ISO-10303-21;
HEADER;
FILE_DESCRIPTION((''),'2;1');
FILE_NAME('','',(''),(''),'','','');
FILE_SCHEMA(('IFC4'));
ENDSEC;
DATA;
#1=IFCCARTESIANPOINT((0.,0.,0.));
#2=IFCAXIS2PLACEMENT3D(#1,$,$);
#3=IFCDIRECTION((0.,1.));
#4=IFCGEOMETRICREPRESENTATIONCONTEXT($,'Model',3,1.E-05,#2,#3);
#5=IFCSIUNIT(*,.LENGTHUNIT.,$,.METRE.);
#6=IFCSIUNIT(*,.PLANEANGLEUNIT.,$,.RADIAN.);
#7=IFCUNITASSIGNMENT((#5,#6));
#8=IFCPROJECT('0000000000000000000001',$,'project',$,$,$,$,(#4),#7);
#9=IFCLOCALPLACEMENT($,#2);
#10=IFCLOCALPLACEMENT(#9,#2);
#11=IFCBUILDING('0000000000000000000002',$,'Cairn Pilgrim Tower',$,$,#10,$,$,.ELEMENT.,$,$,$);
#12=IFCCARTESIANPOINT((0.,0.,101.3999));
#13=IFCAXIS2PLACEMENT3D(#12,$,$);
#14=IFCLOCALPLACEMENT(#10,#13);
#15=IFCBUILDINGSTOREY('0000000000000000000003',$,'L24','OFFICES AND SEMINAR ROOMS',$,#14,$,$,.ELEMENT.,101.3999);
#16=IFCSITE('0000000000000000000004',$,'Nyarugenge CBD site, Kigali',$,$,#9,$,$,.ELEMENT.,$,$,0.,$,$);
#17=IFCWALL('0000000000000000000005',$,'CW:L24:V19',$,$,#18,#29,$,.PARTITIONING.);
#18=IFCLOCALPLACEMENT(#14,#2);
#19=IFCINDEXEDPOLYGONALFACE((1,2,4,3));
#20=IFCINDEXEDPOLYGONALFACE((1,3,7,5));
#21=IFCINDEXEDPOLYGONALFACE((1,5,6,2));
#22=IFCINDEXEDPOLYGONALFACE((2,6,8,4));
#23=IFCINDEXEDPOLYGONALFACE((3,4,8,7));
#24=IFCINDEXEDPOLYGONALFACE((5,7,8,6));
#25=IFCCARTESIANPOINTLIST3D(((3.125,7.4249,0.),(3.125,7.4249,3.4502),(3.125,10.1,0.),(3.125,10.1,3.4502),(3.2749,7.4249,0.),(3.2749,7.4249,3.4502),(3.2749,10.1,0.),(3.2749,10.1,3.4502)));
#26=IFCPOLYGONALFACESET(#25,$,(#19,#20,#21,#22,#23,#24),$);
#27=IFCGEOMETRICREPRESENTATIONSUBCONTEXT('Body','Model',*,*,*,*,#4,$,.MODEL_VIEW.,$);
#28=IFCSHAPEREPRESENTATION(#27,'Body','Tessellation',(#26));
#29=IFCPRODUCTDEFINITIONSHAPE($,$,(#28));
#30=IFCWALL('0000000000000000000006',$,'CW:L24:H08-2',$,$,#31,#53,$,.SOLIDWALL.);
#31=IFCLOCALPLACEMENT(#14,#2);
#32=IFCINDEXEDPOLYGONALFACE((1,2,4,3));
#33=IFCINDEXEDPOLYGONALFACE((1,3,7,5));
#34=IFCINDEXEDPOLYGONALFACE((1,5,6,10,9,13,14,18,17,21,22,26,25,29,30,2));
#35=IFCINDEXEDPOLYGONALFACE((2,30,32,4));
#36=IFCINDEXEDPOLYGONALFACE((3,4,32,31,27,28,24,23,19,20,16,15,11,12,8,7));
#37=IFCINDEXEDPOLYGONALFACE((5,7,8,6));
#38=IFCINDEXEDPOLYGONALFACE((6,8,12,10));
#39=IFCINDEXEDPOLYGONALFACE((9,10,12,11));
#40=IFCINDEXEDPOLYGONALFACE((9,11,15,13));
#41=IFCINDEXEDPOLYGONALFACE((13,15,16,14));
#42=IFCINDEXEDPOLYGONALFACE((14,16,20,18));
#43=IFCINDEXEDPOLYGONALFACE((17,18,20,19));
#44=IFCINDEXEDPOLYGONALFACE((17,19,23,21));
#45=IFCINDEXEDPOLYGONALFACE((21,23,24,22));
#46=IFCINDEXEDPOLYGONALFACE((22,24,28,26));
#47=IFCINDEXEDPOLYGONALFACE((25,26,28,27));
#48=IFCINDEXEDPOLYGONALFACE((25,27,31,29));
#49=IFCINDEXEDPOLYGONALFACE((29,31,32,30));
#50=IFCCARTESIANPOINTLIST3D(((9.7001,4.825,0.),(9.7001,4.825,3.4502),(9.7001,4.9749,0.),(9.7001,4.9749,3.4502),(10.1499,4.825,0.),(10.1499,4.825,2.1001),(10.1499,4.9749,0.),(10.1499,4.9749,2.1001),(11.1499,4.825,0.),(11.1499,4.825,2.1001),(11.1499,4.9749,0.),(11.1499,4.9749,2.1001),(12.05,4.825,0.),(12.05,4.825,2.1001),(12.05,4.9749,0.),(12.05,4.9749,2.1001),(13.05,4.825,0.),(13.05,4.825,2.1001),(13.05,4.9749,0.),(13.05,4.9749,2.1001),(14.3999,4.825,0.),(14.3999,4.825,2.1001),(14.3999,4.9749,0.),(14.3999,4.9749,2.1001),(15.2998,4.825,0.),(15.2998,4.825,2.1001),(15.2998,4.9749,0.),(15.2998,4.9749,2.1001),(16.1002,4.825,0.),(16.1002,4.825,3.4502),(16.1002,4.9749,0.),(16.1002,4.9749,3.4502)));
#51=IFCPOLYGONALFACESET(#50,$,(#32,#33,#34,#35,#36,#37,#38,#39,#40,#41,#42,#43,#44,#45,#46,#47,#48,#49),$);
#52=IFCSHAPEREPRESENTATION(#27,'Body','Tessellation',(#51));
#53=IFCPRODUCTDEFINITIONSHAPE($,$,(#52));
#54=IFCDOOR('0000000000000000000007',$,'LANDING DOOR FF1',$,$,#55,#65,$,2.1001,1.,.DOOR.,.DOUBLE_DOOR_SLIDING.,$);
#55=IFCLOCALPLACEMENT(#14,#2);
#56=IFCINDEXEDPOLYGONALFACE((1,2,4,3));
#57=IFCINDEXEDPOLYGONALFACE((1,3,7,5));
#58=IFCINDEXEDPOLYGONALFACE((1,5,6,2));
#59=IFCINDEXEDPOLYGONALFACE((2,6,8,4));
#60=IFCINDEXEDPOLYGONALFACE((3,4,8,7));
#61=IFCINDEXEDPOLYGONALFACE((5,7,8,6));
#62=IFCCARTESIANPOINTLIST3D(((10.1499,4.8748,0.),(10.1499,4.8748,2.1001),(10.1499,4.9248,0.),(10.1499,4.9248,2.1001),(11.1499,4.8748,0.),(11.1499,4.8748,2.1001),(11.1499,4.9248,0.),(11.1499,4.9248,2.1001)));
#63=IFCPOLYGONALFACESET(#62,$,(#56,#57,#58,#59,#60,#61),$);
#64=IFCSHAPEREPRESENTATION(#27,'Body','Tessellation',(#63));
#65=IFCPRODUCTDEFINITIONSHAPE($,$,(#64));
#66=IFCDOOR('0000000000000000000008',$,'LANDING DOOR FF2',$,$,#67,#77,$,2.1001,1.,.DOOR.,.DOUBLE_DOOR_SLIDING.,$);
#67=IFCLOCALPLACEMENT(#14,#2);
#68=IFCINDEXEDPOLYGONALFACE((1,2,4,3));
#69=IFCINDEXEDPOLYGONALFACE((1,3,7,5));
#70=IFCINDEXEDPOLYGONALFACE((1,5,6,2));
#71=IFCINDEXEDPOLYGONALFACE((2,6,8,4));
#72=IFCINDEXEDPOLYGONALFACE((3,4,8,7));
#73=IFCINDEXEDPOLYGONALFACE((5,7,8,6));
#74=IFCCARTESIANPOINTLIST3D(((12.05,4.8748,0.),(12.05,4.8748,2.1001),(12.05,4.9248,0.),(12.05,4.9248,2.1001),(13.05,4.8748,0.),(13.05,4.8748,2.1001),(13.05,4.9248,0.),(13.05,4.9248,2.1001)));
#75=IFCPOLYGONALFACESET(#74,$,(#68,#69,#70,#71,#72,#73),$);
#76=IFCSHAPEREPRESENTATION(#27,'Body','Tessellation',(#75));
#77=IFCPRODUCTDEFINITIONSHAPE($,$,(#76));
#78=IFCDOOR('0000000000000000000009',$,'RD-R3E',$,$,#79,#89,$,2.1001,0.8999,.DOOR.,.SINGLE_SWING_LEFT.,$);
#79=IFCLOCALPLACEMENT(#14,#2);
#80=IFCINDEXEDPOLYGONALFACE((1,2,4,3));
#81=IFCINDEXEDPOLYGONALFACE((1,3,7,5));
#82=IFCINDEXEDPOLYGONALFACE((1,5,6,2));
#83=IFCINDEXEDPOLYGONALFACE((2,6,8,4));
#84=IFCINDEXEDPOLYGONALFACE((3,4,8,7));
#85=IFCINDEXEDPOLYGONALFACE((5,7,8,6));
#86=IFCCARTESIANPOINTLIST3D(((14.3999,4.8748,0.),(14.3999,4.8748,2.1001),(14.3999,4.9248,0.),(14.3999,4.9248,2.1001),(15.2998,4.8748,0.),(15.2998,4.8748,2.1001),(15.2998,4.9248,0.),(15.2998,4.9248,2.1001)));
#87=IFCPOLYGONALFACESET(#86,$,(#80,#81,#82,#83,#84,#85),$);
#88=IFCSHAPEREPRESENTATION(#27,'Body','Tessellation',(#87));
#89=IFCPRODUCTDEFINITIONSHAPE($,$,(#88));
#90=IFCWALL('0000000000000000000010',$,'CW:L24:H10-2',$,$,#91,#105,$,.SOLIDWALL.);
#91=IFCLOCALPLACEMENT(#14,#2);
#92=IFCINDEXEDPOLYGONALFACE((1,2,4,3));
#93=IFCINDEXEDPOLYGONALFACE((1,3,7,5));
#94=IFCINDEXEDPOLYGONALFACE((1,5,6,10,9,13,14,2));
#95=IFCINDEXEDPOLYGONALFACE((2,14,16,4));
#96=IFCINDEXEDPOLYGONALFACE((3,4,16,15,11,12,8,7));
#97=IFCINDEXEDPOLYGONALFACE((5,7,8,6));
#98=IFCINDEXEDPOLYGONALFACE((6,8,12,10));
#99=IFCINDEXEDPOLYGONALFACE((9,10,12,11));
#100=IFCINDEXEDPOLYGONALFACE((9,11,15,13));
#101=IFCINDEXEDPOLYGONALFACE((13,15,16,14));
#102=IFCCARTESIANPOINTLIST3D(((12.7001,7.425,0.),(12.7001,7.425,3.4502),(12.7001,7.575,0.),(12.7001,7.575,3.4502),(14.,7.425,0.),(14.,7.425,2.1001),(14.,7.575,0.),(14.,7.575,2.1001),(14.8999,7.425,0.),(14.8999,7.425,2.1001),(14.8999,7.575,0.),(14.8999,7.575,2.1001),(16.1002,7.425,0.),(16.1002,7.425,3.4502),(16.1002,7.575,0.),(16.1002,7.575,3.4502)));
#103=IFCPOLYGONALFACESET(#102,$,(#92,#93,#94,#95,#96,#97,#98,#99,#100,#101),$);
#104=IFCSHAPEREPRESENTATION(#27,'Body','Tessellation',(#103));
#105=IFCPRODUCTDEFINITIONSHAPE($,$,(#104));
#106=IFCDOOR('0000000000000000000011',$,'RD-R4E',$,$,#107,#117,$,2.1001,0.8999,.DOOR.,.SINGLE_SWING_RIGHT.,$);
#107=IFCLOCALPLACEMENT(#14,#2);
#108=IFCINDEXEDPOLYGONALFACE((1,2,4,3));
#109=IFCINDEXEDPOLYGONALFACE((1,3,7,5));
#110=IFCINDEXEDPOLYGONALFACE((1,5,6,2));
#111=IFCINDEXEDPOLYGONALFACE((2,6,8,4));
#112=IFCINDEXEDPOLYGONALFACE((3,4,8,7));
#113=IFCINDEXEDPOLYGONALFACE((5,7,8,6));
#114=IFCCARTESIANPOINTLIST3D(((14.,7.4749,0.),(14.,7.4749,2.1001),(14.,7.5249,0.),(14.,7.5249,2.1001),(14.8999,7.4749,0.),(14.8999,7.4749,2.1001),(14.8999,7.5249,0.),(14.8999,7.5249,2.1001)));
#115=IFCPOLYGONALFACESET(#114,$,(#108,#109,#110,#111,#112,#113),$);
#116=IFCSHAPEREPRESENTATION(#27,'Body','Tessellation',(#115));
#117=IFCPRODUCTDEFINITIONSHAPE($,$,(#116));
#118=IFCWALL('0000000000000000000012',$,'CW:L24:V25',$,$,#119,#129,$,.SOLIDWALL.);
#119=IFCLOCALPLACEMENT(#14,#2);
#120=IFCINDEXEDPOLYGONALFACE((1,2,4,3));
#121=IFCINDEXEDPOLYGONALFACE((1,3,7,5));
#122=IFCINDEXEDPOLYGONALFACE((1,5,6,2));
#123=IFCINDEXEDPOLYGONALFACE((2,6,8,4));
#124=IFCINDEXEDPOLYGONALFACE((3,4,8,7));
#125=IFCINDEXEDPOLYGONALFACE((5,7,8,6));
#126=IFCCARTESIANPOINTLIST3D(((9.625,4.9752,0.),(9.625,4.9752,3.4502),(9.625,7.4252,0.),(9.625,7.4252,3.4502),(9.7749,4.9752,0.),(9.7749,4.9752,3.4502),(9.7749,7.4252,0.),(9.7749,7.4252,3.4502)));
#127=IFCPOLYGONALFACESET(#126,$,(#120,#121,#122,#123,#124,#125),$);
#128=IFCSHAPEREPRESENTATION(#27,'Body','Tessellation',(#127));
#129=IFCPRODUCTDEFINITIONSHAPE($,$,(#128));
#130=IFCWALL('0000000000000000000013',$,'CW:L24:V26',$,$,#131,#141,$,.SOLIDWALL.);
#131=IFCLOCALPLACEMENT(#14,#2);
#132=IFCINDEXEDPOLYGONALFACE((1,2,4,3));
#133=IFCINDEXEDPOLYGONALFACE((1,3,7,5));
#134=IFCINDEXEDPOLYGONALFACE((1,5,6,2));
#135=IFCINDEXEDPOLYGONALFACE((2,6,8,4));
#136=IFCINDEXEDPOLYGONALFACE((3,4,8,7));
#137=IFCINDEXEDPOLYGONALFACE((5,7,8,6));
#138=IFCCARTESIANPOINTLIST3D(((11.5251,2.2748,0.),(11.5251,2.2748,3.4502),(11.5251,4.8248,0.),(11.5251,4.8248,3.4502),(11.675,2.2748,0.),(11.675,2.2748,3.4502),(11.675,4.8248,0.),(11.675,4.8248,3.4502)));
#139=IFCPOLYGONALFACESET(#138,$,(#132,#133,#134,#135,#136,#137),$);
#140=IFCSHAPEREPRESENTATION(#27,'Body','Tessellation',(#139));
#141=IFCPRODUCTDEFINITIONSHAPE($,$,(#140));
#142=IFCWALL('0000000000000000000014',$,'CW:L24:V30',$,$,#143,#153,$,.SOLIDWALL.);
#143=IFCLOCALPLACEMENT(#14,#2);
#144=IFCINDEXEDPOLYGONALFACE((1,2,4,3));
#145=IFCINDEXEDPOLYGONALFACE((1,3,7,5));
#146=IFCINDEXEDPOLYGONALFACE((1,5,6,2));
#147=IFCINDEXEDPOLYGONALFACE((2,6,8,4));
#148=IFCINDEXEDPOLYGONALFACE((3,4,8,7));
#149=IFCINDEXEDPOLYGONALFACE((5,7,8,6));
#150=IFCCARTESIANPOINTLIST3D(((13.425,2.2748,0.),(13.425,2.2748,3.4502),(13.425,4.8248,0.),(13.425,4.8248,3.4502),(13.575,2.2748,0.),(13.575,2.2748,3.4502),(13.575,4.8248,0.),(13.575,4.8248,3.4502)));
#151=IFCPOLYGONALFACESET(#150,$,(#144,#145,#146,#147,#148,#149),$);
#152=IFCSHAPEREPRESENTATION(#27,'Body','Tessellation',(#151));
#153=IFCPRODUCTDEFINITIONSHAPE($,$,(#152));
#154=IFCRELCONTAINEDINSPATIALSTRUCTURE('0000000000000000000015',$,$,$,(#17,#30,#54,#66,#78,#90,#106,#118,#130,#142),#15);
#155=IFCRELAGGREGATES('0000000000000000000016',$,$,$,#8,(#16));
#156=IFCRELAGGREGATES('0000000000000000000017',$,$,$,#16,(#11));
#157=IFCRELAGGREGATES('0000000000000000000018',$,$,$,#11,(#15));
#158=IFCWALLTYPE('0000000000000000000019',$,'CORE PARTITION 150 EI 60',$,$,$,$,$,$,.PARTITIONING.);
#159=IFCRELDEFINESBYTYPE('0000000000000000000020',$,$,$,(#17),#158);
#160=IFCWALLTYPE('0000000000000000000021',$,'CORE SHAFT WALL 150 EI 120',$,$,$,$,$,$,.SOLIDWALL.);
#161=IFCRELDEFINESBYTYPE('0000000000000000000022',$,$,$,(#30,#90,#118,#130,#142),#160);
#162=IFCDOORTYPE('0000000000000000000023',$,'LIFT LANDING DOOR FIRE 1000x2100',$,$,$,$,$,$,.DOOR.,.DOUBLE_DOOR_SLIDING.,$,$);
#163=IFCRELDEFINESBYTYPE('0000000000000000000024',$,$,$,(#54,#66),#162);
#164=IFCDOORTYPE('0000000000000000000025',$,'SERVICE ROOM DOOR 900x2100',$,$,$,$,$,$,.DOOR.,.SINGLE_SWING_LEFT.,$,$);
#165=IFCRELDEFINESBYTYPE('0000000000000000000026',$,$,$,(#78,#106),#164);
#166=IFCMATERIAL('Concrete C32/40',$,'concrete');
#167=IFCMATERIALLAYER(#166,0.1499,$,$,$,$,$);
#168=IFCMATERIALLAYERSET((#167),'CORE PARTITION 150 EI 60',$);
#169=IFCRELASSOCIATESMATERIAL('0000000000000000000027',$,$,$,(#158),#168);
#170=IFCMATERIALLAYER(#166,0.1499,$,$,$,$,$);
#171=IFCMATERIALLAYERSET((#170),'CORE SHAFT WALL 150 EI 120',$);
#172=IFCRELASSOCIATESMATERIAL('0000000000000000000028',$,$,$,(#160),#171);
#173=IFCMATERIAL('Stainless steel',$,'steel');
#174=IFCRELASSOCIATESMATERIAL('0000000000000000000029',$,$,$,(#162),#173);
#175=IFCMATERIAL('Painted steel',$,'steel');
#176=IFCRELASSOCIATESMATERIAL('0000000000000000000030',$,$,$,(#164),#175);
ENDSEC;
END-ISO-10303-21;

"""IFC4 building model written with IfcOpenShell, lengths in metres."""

from ifc_helpers import new_model, si_unit, direction, frame, frame_2d, origin, place, context, subcontext, project, spatial, rectangle, extrude, material, layer, layer_set, type_object, element, fill, save


model = new_model("IFC4")

# Units and contexts
model_context = context("Model", 3, precision=1e-05, world=origin(), true_north=direction((0.0, 1.0)))
body_context = subcontext(model_context, "Body", "Model", "MODEL_VIEW")
ifc_project = project(units=[si_unit("LENGTHUNIT", "METRE"), si_unit("PLANEANGLEUNIT", "RADIAN")], contexts=[model_context])

# Site, building, storey
site_placement = place(None, origin())
site = spatial("IfcSite", under=ifc_project, at=site_placement, Name="Nyarugenge CBD site, Kigali", CompositionType="ELEMENT", RefElevation=0.0)
building_placement = place(site_placement, origin())
building = spatial("IfcBuilding", under=site, at=building_placement, Name="Cairn Pilgrim Tower", CompositionType="ELEMENT")
storey_placement = place(building_placement, frame((0.0, 0.0, 101.3999)))
storey = spatial("IfcBuildingStorey", under=building, at=storey_placement, Name="L24", Description="OFFICES AND SEMINAR ROOMS", CompositionType="ELEMENT", Elevation=101.3999)

# Wall
ifc_material_1 = material(Name="Concrete C32/40", Category="concrete")
ifc_layer_1 = layer(ifc_material_1, 0.1499)
ifc_layer_set_1 = layer_set([ifc_layer_1], Name="CORE PARTITION 150 EI 60")
wall_type_1 = type_object("IfcWallType", Name="CORE PARTITION 150 EI 60", PredefinedType="PARTITIONING", material=ifc_layer_set_1)
wall_1_placement = place(storey_placement, frame((3.2, 7.425, 0.0), z_axis=(0.0, 0.0, 1.0), x_axis=(0.0, 1.0, 0.0)))
element("IfcWall", 1, at=wall_1_placement, inside=storey, type_object=wall_type_1, Name="CW:L24:V19", PredefinedType="PARTITIONING", context=body_context, shape_type="SweptSolid", body=[
    extrude(rectangle(XDim=2.675, YDim=0.1499, at=frame_2d((1.3374, 0.0))), origin(), (0.0, 0.0, 1.0), 3.4502),
])

# Wall, openings, doors
ifc_layer_2 = layer(ifc_material_1, 0.1499)
ifc_layer_set_2 = layer_set([ifc_layer_2], Name="CORE SHAFT WALL 150 EI 120")
wall_type_2 = type_object("IfcWallType", Name="CORE SHAFT WALL 150 EI 120", PredefinedType="SOLIDWALL", material=ifc_layer_set_2)
wall_2_placement = place(storey_placement, frame((9.7, 4.8999, 0.0), z_axis=(0.0, 0.0, 1.0), x_axis=(1.0, 0.0, 0.0)))
wall_2 = element("IfcWall", 2, at=wall_2_placement, inside=storey, type_object=wall_type_2, Name="CW:L24:H08-2", PredefinedType="SOLIDWALL", context=body_context, shape_type="SweptSolid", body=[
    extrude(rectangle(XDim=6.4001, YDim=0.1499, at=frame_2d((3.2002, 0.0))), origin(), (0.0, 0.0, 1.0), 3.4502),
])
opening_1_placement = place(wall_2_placement, frame((0.45, 0.0, 0.0)))
opening_1 = element("IfcOpeningElement", 3, at=opening_1_placement, cuts=wall_2, PredefinedType="OPENING", context=body_context, shape_type="SweptSolid", body=[
    extrude(rectangle(XDim=1.0, YDim=2.1001, at=frame_2d((0.5, 1.05))), frame((0.0, 0.085, 0.0), z_axis=(0.0, -1.0, 0.0), x_axis=(1.0, 0.0, 0.0)), (0.0, 0.0, 1.0), 0.1699),
])
opening_2_placement = place(wall_2_placement, frame((2.3501, 0.0, 0.0)))
opening_2 = element("IfcOpeningElement", 4, at=opening_2_placement, cuts=wall_2, PredefinedType="OPENING", context=body_context, shape_type="SweptSolid", body=[
    extrude(rectangle(XDim=1.0, YDim=2.1001, at=frame_2d((0.5, 1.05))), frame((0.0, 0.085, 0.0), z_axis=(0.0, -1.0, 0.0), x_axis=(1.0, 0.0, 0.0)), (0.0, 0.0, 1.0), 0.1699),
])
opening_3_placement = place(wall_2_placement, frame((4.7, 0.0, 0.0)))
opening_3 = element("IfcOpeningElement", 5, at=opening_3_placement, cuts=wall_2, PredefinedType="OPENING", context=body_context, shape_type="SweptSolid", body=[
    extrude(rectangle(XDim=0.8999, YDim=2.1001, at=frame_2d((0.45, 1.05))), frame((0.0, 0.085, 0.0), z_axis=(0.0, -1.0, 0.0), x_axis=(1.0, 0.0, 0.0)), (0.0, 0.0, 1.0), 0.1699),
])
ifc_material_2 = material(Name="Stainless steel", Category="steel")
door_type_1 = type_object("IfcDoorType", Name="LIFT LANDING DOOR FIRE 1000x2100", OperationType="DOUBLE_DOOR_SLIDING", PredefinedType="DOOR", material=ifc_material_2)
door_1_placement = place(opening_1_placement, origin())
door_1 = element("IfcDoor", 6, at=door_1_placement, inside=storey, type_object=door_type_1, Name="LANDING DOOR FF1", OperationType="DOUBLE_DOOR_SLIDING", OverallHeight=2.1001, OverallWidth=1.0, PredefinedType="DOOR", context=body_context, shape_type="SweptSolid", body=[
    extrude(rectangle(XDim=1.0, YDim=2.1001, at=frame_2d((0.5, 1.05))), frame((0.0, 0.0249, 0.0), z_axis=(0.0, -1.0, 0.0), x_axis=(1.0, 0.0, 0.0)), (0.0, 0.0, 1.0), 0.05),
])
fill(opening_1, door_1)
door_2_placement = place(opening_2_placement, origin())
door_2 = element("IfcDoor", 7, at=door_2_placement, inside=storey, type_object=door_type_1, Name="LANDING DOOR FF2", OperationType="DOUBLE_DOOR_SLIDING", OverallHeight=2.1001, OverallWidth=1.0, PredefinedType="DOOR", context=body_context, shape_type="SweptSolid", body=[
    extrude(rectangle(XDim=1.0, YDim=2.1001, at=frame_2d((0.5, 1.05))), frame((0.0, 0.0249, 0.0), z_axis=(0.0, -1.0, 0.0), x_axis=(1.0, 0.0, 0.0)), (0.0, 0.0, 1.0), 0.05),
])
fill(opening_2, door_2)
ifc_material_3 = material(Name="Painted steel", Category="steel")
door_type_2 = type_object("IfcDoorType", Name="SERVICE ROOM DOOR 900x2100", OperationType="SINGLE_SWING_LEFT", PredefinedType="DOOR", material=ifc_material_3)
door_3_placement = place(opening_3_placement, origin())
door_3 = element("IfcDoor", 8, at=door_3_placement, inside=storey, type_object=door_type_2, Name="RD-R3E", OperationType="SINGLE_SWING_LEFT", OverallHeight=2.1001, OverallWidth=0.8999, PredefinedType="DOOR", context=body_context, shape_type="SweptSolid", body=[
    extrude(rectangle(XDim=0.8999, YDim=2.1001, at=frame_2d((0.45, 1.05))), frame((0.0, 0.0249, 0.0), z_axis=(0.0, -1.0, 0.0), x_axis=(1.0, 0.0, 0.0)), (0.0, 0.0, 1.0), 0.05),
])
fill(opening_3, door_3)

# Wall, opening, door
wall_3_placement = place(storey_placement, frame((12.7, 7.5, 0.0), z_axis=(0.0, 0.0, 1.0), x_axis=(1.0, 0.0, 0.0)))
wall_3 = element("IfcWall", 9, at=wall_3_placement, inside=storey, type_object=wall_type_2, Name="CW:L24:H10-2", PredefinedType="SOLIDWALL", context=body_context, shape_type="SweptSolid", body=[
    extrude(rectangle(XDim=3.4001, YDim=0.1499, at=frame_2d((1.7002, 0.0))), origin(), (0.0, 0.0, 1.0), 3.4502),
])
opening_4_placement = place(wall_3_placement, frame((1.3, 0.0, 0.0)))
opening_4 = element("IfcOpeningElement", 10, at=opening_4_placement, cuts=wall_3, PredefinedType="OPENING", context=body_context, shape_type="SweptSolid", body=[
    extrude(rectangle(XDim=0.8999, YDim=2.1001, at=frame_2d((0.45, 1.05))), frame((0.0, 0.085, 0.0), z_axis=(0.0, -1.0, 0.0), x_axis=(1.0, 0.0, 0.0)), (0.0, 0.0, 1.0), 0.1699),
])
door_4_placement = place(opening_4_placement, origin())
door_4 = element("IfcDoor", 11, at=door_4_placement, inside=storey, type_object=door_type_2, Name="RD-R4E", OperationType="SINGLE_SWING_RIGHT", OverallHeight=2.1001, OverallWidth=0.8999, PredefinedType="DOOR", context=body_context, shape_type="SweptSolid", body=[
    extrude(rectangle(XDim=0.8999, YDim=2.1001, at=frame_2d((0.45, 1.05))), frame((0.0, 0.0249, 0.0), z_axis=(0.0, -1.0, 0.0), x_axis=(1.0, 0.0, 0.0)), (0.0, 0.0, 1.0), 0.05),
])
fill(opening_4, door_4)

# Walls
wall_4_placement = place(storey_placement, frame((9.7, 4.9751, 0.0), z_axis=(0.0, 0.0, 1.0), x_axis=(0.0, 1.0, 0.0)))
element("IfcWall", 12, at=wall_4_placement, inside=storey, type_object=wall_type_2, Name="CW:L24:V25", PredefinedType="SOLIDWALL", context=body_context, shape_type="SweptSolid", body=[
    extrude(rectangle(XDim=2.45, YDim=0.1499, at=frame_2d((1.2251, 0.0))), origin(), (0.0, 0.0, 1.0), 3.4502),
])
for number, where, z_axis, x_axis, name in (
    (13, (11.6001, 2.2749, 0.0), (0.0, 0.0, 1.0), (0.0, 1.0, 0.0), "CW:L24:V26"),
    (14, (13.5, 2.2749, 0.0), (0.0, 0.0, 1.0), (0.0, 1.0, 0.0), "CW:L24:V30"),
):
    element("IfcWall", number, at=place(storey_placement, frame(where, z_axis=z_axis, x_axis=x_axis)), inside=storey, type_object=wall_type_2, Name=name, PredefinedType="SOLIDWALL", context=body_context, shape_type="SweptSolid", body=[
        extrude(rectangle(XDim=2.55, YDim=0.1499, at=frame_2d((1.2749, 0.0))), origin(), (0.0, 0.0, 1.0), 3.4502),
    ])

save(model, "model.ifc")
